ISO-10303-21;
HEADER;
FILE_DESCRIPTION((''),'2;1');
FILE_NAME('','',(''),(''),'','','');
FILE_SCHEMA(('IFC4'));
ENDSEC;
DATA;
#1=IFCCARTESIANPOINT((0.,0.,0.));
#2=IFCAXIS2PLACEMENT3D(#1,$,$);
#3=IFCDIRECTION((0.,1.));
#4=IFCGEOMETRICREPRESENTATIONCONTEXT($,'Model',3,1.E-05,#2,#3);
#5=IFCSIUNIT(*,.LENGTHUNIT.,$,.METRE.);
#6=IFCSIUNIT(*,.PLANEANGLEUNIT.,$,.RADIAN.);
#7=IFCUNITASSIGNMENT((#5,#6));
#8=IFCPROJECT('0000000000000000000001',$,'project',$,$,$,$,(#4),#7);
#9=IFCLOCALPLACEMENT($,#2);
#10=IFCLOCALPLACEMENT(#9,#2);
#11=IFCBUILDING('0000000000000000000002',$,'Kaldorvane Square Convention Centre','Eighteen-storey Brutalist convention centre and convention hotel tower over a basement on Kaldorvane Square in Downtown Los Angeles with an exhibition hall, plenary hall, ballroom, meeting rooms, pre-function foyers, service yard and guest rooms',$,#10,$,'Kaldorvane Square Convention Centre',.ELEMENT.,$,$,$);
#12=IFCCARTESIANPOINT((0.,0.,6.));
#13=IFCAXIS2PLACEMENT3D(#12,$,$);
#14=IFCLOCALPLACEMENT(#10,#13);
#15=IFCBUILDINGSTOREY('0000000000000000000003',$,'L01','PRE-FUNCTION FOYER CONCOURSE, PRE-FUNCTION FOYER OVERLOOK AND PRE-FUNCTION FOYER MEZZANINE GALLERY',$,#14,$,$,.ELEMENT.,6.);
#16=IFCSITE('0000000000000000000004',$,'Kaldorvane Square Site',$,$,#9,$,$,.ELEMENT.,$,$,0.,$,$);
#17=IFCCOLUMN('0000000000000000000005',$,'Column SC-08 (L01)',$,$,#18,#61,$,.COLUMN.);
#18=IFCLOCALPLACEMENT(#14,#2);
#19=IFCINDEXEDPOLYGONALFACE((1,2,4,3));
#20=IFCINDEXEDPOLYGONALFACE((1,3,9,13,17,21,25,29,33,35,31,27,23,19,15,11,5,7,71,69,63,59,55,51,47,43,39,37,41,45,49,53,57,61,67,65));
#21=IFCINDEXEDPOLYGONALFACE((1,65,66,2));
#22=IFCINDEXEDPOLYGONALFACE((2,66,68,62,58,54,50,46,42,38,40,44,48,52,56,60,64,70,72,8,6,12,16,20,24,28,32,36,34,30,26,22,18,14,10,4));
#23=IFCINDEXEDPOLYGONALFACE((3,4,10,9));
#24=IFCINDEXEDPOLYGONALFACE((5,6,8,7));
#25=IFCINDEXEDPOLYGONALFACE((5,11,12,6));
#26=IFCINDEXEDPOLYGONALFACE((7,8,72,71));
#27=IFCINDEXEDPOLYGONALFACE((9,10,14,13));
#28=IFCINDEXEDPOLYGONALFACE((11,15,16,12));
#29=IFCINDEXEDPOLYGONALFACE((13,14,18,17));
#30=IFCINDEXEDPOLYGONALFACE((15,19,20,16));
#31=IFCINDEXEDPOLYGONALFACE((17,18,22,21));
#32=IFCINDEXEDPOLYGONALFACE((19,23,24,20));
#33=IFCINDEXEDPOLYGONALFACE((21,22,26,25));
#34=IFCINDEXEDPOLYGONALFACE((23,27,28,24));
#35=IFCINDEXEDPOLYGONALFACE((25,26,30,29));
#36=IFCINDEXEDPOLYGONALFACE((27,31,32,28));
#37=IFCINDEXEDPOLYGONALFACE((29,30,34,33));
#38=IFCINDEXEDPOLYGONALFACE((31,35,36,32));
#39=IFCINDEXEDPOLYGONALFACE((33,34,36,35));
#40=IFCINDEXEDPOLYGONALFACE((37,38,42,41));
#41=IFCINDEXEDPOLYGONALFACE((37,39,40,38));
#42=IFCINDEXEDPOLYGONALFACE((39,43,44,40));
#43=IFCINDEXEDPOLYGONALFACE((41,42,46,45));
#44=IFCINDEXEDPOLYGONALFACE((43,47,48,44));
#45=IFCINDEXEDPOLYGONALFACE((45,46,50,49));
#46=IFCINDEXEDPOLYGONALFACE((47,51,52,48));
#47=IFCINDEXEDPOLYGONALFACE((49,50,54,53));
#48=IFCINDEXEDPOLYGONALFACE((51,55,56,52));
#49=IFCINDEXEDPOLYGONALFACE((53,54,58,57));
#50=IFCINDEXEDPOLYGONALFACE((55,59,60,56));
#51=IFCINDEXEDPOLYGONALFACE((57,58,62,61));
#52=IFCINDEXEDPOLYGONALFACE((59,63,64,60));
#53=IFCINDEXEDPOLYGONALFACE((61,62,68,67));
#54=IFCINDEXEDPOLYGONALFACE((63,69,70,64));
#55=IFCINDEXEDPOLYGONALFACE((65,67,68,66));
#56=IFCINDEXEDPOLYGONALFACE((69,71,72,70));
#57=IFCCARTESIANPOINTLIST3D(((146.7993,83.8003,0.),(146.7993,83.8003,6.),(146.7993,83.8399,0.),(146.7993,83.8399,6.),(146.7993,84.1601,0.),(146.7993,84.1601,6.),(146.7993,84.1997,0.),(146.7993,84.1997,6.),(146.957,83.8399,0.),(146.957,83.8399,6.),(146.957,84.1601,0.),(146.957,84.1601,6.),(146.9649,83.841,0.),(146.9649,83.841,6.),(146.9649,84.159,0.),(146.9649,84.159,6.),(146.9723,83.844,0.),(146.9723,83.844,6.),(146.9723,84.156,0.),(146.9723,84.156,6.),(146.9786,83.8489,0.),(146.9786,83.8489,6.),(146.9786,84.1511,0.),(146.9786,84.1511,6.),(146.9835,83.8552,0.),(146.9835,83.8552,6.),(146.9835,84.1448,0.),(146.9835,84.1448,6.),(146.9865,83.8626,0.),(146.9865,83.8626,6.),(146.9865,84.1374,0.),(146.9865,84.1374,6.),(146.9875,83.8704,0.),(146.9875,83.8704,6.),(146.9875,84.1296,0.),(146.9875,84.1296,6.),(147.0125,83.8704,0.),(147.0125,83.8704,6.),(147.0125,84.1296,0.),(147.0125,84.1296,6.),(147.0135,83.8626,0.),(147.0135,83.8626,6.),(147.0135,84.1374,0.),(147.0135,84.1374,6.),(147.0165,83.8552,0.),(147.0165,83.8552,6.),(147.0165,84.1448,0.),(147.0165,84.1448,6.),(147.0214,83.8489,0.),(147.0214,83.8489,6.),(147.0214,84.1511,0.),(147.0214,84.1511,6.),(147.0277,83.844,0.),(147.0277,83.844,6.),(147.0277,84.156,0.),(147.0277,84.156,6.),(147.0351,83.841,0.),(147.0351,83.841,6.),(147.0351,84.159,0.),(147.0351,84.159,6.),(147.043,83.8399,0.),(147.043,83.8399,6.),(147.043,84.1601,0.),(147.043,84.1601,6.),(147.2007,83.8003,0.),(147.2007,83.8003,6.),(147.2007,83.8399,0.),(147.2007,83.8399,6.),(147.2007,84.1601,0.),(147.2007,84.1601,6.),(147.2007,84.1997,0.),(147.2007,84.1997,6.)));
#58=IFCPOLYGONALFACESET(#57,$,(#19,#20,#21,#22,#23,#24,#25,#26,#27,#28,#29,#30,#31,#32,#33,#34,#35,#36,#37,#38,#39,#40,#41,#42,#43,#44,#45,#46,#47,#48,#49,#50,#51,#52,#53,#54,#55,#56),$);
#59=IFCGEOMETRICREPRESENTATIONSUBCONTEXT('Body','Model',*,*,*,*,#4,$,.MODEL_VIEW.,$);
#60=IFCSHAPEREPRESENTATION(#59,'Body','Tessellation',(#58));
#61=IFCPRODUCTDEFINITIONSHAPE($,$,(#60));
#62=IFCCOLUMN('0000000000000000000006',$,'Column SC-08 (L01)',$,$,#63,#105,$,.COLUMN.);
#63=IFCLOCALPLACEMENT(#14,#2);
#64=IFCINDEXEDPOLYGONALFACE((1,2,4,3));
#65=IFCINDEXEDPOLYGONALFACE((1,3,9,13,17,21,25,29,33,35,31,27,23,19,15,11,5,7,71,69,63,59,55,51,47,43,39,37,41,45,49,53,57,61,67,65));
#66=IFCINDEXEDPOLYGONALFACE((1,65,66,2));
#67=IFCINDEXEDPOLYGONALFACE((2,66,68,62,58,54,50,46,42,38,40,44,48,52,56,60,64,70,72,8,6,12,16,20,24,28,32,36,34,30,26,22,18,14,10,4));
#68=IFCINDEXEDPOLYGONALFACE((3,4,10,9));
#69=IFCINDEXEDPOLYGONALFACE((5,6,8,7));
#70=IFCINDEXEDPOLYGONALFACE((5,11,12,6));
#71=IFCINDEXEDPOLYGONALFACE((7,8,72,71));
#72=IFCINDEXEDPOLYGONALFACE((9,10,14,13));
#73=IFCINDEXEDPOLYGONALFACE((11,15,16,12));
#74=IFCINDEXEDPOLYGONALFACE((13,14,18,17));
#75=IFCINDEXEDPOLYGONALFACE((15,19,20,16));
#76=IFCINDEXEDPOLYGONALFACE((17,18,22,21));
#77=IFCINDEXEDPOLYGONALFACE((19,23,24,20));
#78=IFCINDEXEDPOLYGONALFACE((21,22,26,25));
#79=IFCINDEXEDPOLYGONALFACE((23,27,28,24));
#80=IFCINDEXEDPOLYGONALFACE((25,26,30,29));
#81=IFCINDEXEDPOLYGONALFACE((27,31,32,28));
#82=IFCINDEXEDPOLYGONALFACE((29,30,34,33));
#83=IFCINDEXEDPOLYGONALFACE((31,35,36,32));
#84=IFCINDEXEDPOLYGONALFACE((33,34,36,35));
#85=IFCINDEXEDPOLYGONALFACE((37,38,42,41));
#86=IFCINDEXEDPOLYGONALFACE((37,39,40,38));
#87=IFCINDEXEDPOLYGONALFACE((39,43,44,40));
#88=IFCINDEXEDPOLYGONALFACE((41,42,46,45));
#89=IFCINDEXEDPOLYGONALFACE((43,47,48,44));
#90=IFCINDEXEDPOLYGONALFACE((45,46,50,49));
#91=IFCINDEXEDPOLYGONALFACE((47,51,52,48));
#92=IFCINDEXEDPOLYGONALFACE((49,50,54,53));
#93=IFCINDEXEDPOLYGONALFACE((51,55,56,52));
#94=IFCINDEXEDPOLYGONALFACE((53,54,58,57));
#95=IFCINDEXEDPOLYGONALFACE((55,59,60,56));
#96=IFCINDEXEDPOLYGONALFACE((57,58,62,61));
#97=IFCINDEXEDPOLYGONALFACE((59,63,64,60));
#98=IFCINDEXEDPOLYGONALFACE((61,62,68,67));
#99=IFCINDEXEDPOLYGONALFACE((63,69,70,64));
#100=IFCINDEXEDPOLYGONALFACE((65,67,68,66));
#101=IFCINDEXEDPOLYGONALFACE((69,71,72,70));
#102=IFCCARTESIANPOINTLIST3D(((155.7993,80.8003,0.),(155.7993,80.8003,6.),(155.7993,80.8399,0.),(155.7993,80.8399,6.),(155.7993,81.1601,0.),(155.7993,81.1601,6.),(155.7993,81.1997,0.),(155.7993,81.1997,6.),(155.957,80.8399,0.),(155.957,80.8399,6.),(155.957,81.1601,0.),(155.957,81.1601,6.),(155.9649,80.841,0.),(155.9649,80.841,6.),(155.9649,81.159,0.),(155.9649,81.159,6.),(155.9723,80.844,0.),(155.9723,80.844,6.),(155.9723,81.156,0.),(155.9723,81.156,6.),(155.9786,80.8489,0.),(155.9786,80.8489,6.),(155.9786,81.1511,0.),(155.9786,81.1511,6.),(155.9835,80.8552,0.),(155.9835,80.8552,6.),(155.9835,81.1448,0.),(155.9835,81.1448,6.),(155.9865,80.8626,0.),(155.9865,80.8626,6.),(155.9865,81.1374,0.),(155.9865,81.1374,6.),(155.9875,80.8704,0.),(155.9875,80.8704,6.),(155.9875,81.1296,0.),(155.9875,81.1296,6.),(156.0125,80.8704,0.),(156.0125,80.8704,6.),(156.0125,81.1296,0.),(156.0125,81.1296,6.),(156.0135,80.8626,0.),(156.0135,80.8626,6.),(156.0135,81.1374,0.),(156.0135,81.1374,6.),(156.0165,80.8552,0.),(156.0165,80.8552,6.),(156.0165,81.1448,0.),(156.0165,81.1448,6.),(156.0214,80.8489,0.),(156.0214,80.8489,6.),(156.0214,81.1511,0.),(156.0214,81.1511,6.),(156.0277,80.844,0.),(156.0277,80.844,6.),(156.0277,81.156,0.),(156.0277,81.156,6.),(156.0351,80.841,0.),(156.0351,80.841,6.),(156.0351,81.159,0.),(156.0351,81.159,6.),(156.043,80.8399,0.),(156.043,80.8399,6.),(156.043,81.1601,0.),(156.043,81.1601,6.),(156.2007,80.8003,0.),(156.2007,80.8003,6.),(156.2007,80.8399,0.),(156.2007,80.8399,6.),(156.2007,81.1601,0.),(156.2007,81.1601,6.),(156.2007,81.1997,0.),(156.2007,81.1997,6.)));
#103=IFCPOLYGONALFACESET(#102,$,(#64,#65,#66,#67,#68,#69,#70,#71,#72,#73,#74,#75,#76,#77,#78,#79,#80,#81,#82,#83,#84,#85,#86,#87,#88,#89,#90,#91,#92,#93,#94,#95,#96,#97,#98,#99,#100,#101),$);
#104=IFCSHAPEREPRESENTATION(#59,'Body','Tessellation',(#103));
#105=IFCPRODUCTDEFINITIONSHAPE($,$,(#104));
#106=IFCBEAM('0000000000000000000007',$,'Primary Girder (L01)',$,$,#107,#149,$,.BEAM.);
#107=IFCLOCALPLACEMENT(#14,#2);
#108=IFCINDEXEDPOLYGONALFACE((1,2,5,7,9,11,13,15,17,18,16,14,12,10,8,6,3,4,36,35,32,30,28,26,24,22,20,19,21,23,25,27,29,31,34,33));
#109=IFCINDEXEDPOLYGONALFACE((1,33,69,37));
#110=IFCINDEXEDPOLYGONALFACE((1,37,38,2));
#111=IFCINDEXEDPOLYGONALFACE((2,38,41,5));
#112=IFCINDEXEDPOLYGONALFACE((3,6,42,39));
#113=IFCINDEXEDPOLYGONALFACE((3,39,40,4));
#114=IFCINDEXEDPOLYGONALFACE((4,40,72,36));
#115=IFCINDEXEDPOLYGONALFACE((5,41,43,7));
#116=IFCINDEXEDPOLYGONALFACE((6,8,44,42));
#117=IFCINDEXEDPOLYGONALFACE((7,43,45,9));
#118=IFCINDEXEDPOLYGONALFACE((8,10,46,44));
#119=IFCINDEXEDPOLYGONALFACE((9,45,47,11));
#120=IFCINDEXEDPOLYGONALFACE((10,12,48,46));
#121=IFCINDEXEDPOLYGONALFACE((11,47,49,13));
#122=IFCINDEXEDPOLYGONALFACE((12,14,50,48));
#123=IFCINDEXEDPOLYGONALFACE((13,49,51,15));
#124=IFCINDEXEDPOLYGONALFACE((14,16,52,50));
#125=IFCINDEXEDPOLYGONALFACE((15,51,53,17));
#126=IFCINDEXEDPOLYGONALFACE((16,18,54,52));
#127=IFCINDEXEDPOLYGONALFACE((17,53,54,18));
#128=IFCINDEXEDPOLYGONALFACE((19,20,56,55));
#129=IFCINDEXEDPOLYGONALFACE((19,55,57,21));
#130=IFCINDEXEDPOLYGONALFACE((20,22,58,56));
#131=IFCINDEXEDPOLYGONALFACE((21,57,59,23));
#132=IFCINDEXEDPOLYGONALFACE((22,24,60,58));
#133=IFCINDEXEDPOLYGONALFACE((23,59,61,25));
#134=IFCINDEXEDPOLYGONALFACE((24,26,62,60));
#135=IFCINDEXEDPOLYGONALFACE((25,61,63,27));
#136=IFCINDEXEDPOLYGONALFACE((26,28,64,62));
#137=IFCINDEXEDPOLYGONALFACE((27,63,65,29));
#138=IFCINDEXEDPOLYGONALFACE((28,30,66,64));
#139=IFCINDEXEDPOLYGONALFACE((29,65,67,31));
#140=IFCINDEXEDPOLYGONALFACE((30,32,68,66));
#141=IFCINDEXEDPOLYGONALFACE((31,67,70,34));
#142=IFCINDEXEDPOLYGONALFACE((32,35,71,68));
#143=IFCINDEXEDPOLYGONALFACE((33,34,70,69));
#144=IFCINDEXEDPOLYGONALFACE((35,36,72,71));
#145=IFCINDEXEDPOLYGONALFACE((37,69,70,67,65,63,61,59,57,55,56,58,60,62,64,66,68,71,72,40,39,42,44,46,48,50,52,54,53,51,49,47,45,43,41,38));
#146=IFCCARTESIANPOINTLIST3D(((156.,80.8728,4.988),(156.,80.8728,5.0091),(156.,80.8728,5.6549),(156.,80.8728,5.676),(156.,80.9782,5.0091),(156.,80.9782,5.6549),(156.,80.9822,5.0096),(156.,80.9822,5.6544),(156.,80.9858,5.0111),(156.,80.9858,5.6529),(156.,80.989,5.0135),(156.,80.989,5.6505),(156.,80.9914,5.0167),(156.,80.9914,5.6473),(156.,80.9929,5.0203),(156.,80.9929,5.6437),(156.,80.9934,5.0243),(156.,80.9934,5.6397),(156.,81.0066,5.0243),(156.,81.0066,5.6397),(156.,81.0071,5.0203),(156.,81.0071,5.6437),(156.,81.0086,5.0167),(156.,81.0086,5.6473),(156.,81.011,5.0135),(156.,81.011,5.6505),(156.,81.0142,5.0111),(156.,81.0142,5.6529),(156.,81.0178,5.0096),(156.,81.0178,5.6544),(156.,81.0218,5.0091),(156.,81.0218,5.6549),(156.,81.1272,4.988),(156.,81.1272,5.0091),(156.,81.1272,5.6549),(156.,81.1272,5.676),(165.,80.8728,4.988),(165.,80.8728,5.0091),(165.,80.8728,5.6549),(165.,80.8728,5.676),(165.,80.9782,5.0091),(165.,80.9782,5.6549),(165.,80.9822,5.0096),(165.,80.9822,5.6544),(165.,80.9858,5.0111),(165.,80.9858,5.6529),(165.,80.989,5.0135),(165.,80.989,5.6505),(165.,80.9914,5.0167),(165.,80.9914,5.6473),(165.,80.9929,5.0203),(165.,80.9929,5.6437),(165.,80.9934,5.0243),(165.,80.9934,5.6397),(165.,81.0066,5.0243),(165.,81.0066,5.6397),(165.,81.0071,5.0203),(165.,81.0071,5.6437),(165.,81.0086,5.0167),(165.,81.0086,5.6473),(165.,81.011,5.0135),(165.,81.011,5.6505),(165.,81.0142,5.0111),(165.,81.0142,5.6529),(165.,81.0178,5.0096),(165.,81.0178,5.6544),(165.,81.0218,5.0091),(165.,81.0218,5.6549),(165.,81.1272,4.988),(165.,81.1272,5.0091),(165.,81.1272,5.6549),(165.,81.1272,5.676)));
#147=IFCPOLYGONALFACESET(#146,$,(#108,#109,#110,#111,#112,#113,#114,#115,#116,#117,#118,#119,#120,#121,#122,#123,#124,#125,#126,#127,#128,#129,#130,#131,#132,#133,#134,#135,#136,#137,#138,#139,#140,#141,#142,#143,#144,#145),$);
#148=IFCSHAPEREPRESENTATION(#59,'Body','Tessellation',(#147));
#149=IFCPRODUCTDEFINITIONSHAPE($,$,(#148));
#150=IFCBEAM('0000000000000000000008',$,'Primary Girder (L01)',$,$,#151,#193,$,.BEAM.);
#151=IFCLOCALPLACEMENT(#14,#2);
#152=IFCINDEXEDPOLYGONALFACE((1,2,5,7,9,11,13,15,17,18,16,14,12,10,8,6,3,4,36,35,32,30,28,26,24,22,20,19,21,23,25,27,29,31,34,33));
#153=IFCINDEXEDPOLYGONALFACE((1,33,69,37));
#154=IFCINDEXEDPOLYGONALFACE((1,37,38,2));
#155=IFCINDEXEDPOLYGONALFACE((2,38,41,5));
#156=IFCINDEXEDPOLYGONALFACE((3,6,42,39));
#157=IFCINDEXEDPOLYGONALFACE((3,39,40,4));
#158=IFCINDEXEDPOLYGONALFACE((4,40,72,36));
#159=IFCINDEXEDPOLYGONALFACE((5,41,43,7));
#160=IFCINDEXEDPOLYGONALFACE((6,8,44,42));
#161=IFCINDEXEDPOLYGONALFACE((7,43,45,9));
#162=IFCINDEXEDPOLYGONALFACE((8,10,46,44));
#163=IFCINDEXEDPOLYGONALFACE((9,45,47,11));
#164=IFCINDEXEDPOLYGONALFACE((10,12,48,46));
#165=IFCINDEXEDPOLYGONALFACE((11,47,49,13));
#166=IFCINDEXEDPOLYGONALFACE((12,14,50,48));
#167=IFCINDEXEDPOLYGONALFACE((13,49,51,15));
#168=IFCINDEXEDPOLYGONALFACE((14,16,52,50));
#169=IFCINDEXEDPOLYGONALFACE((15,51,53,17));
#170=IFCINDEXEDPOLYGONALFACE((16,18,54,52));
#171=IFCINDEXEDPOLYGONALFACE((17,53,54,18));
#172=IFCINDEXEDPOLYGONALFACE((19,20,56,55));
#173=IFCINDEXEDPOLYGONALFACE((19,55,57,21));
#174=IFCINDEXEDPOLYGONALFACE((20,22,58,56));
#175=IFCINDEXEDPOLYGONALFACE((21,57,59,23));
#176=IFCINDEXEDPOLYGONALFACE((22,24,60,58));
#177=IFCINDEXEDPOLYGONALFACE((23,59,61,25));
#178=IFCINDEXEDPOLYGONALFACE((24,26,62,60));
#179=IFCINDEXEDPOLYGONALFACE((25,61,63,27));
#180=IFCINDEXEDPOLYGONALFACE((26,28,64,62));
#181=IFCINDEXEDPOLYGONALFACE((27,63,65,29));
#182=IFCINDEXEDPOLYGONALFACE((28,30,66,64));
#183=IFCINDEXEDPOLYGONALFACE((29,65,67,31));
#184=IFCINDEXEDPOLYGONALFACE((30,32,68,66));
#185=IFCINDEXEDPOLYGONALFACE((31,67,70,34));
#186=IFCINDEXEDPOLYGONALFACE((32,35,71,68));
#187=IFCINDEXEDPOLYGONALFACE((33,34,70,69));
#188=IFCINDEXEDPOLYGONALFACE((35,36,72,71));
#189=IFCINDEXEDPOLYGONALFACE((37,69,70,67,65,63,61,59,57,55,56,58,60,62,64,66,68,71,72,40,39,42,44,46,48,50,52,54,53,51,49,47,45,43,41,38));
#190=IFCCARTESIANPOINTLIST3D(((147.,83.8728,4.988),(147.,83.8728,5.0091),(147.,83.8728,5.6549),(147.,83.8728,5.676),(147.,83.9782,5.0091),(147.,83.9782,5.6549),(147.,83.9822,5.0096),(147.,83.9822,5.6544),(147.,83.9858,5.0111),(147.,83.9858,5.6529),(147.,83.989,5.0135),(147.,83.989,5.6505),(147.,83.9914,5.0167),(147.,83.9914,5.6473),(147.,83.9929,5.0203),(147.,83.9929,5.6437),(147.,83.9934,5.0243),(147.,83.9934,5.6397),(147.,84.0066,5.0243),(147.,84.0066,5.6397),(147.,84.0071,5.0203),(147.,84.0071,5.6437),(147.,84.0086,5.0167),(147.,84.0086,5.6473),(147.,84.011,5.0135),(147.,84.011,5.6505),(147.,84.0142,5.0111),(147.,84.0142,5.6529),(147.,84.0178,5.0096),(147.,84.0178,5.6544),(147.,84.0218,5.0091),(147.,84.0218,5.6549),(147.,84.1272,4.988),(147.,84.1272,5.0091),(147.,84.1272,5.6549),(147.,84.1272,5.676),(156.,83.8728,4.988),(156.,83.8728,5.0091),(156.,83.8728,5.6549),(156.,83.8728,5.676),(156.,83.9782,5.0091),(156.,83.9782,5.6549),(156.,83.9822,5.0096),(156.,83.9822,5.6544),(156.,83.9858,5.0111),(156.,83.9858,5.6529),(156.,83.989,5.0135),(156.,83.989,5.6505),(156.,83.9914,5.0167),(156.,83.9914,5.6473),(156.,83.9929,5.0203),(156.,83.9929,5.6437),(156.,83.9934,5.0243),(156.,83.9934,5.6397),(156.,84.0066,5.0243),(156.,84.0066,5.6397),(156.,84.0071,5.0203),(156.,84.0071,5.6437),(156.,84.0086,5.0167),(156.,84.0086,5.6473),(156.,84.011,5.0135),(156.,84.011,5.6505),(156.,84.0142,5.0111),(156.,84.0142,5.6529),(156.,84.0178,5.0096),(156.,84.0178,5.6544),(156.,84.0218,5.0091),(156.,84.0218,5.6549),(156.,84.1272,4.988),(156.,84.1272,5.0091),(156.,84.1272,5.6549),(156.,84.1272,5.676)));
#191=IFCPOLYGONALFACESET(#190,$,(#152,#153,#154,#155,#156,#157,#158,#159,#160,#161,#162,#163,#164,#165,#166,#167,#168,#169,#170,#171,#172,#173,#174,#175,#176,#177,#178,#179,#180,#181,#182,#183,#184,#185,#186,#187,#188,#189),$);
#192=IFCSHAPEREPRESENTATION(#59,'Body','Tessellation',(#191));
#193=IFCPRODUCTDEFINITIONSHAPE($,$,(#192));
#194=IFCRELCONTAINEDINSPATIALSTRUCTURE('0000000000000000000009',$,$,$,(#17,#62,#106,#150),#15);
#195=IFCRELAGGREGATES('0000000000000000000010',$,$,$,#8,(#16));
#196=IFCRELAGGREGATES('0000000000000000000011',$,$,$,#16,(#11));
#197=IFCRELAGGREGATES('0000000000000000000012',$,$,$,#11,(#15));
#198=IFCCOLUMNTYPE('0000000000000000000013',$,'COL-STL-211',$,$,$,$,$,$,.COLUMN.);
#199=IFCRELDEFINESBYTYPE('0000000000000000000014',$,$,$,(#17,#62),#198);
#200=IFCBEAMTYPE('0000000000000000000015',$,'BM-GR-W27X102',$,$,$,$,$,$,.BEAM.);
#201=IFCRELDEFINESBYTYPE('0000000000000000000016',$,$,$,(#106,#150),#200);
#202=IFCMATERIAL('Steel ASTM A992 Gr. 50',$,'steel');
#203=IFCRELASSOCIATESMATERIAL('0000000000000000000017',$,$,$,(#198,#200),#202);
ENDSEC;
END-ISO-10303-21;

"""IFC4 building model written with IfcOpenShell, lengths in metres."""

from ifc_helpers import new_model, si_unit, direction, frame, origin, origin_2d, place, context, subcontext, project, spatial, i_section, extrude, material, material_profile, profile_set, type_object, element, save


model = new_model("IFC4")

# Units and contexts
model_context = context("Model", 3, precision=1e-05, world=origin(), true_north=direction((0.0, 1.0)))
body_context = subcontext(model_context, "Body", "Model", "MODEL_VIEW")
ifc_project = project(units=[si_unit("LENGTHUNIT", "METRE"), si_unit("PLANEANGLEUNIT", "RADIAN")], contexts=[model_context])

# Site, building, storey
site_placement = place(None, origin())
site = spatial("IfcSite", under=ifc_project, at=site_placement, Name="Kaldorvane Square Site", CompositionType="ELEMENT", RefElevation=0.0)
building_placement = place(site_placement, origin())
building = spatial("IfcBuilding", under=site, at=building_placement, Name="Kaldorvane Square Convention Centre", Description="Eighteen-storey Brutalist convention centre and convention hotel tower over a basement on Kaldorvane Square in Downtown Los Angeles with an exhibition hall, plenary hall, ballroom, meeting rooms, pre-function foyers, service yard and guest rooms", LongName="Kaldorvane Square Convention Centre", CompositionType="ELEMENT")
storey_placement = place(building_placement, frame((0.0, 0.0, 6.0)))
storey = spatial("IfcBuildingStorey", under=building, at=storey_placement, Name="L01", Description="PRE-FUNCTION FOYER CONCOURSE, PRE-FUNCTION FOYER OVERLOOK AND PRE-FUNCTION FOYER MEZZANINE GALLERY", CompositionType="ELEMENT", Elevation=6.0)

# Columns
ifc_material_1 = material(Name="Steel ASTM A992 Gr. 50", Category="steel")
ifc_material_profile_1 = material_profile(ifc_material_1, i_section(OverallWidth=0.4013, OverallDepth=0.3993, WebThickness=0.0249, FlangeThickness=0.0396, FilletRadius=0.0305, at=origin_2d()), Name="W14X211")
ifc_profile_set_1 = profile_set([ifc_material_profile_1], Name="Steel ASTM A992 Gr. 50")
column_type = type_object("IfcColumnType", Name="COL-STL-211", PredefinedType="COLUMN", material=ifc_profile_set_1)
for number, where, z_axis, x_axis, name in (
    (1, (147.0, 84.0, 0.0), (0.0, 0.0, 1.0), (1.0, 0.0, 0.0), "Column SC-08 (L01)"),
    (2, (156.0, 81.0, 0.0), (0.0, 0.0, 1.0), (1.0, 0.0, 0.0), "Column SC-08 (L01)"),
):
    element("IfcColumn", number, at=place(storey_placement, frame(where, z_axis=z_axis, x_axis=x_axis)), inside=storey, type_object=column_type, Name=name, PredefinedType="COLUMN", context=body_context, shape_type="SweptSolid", body=[
        extrude(i_section(OverallWidth=0.4013, OverallDepth=0.3993, WebThickness=0.0249, FlangeThickness=0.0396, FilletRadius=0.0305, at=origin_2d()), origin(), (0.0, 0.0, 1.0), 6.0),
    ])

# Beams
ifc_material_profile_2 = material_profile(ifc_material_1, i_section(OverallWidth=0.2544, OverallDepth=0.6881, WebThickness=0.0131, FlangeThickness=0.0211, FilletRadius=0.0152, at=origin_2d()), Name="W27X102")
ifc_profile_set_2 = profile_set([ifc_material_profile_2], Name="Steel ASTM A992 Gr. 50")
beam_type_1 = type_object("IfcBeamType", Name="BM-GR-W27X102", PredefinedType="BEAM", material=ifc_profile_set_2)
for number, where, z_axis, x_axis, name in (
    (3, (156.0, 81.0, 5.332), (1.0, 0.0, 0.0), (0.0, 1.0, 0.0), "Primary Girder (L01)"),
    (4, (147.0, 84.0, 5.332), (1.0, 0.0, 0.0), (0.0, 1.0, 0.0), "Primary Girder (L01)"),
):
    element("IfcBeam", number, at=place(storey_placement, frame(where, z_axis=z_axis, x_axis=x_axis)), inside=storey, type_object=beam_type_1, Name=name, PredefinedType="BEAM", context=body_context, shape_type="SweptSolid", body=[
        extrude(i_section(OverallWidth=0.2544, OverallDepth=0.6881, WebThickness=0.0131, FlangeThickness=0.0211, FilletRadius=0.0152, at=origin_2d()), origin(), (0.0, 0.0, 1.0), 9.0),
    ])

save(model, "model.ifc")
